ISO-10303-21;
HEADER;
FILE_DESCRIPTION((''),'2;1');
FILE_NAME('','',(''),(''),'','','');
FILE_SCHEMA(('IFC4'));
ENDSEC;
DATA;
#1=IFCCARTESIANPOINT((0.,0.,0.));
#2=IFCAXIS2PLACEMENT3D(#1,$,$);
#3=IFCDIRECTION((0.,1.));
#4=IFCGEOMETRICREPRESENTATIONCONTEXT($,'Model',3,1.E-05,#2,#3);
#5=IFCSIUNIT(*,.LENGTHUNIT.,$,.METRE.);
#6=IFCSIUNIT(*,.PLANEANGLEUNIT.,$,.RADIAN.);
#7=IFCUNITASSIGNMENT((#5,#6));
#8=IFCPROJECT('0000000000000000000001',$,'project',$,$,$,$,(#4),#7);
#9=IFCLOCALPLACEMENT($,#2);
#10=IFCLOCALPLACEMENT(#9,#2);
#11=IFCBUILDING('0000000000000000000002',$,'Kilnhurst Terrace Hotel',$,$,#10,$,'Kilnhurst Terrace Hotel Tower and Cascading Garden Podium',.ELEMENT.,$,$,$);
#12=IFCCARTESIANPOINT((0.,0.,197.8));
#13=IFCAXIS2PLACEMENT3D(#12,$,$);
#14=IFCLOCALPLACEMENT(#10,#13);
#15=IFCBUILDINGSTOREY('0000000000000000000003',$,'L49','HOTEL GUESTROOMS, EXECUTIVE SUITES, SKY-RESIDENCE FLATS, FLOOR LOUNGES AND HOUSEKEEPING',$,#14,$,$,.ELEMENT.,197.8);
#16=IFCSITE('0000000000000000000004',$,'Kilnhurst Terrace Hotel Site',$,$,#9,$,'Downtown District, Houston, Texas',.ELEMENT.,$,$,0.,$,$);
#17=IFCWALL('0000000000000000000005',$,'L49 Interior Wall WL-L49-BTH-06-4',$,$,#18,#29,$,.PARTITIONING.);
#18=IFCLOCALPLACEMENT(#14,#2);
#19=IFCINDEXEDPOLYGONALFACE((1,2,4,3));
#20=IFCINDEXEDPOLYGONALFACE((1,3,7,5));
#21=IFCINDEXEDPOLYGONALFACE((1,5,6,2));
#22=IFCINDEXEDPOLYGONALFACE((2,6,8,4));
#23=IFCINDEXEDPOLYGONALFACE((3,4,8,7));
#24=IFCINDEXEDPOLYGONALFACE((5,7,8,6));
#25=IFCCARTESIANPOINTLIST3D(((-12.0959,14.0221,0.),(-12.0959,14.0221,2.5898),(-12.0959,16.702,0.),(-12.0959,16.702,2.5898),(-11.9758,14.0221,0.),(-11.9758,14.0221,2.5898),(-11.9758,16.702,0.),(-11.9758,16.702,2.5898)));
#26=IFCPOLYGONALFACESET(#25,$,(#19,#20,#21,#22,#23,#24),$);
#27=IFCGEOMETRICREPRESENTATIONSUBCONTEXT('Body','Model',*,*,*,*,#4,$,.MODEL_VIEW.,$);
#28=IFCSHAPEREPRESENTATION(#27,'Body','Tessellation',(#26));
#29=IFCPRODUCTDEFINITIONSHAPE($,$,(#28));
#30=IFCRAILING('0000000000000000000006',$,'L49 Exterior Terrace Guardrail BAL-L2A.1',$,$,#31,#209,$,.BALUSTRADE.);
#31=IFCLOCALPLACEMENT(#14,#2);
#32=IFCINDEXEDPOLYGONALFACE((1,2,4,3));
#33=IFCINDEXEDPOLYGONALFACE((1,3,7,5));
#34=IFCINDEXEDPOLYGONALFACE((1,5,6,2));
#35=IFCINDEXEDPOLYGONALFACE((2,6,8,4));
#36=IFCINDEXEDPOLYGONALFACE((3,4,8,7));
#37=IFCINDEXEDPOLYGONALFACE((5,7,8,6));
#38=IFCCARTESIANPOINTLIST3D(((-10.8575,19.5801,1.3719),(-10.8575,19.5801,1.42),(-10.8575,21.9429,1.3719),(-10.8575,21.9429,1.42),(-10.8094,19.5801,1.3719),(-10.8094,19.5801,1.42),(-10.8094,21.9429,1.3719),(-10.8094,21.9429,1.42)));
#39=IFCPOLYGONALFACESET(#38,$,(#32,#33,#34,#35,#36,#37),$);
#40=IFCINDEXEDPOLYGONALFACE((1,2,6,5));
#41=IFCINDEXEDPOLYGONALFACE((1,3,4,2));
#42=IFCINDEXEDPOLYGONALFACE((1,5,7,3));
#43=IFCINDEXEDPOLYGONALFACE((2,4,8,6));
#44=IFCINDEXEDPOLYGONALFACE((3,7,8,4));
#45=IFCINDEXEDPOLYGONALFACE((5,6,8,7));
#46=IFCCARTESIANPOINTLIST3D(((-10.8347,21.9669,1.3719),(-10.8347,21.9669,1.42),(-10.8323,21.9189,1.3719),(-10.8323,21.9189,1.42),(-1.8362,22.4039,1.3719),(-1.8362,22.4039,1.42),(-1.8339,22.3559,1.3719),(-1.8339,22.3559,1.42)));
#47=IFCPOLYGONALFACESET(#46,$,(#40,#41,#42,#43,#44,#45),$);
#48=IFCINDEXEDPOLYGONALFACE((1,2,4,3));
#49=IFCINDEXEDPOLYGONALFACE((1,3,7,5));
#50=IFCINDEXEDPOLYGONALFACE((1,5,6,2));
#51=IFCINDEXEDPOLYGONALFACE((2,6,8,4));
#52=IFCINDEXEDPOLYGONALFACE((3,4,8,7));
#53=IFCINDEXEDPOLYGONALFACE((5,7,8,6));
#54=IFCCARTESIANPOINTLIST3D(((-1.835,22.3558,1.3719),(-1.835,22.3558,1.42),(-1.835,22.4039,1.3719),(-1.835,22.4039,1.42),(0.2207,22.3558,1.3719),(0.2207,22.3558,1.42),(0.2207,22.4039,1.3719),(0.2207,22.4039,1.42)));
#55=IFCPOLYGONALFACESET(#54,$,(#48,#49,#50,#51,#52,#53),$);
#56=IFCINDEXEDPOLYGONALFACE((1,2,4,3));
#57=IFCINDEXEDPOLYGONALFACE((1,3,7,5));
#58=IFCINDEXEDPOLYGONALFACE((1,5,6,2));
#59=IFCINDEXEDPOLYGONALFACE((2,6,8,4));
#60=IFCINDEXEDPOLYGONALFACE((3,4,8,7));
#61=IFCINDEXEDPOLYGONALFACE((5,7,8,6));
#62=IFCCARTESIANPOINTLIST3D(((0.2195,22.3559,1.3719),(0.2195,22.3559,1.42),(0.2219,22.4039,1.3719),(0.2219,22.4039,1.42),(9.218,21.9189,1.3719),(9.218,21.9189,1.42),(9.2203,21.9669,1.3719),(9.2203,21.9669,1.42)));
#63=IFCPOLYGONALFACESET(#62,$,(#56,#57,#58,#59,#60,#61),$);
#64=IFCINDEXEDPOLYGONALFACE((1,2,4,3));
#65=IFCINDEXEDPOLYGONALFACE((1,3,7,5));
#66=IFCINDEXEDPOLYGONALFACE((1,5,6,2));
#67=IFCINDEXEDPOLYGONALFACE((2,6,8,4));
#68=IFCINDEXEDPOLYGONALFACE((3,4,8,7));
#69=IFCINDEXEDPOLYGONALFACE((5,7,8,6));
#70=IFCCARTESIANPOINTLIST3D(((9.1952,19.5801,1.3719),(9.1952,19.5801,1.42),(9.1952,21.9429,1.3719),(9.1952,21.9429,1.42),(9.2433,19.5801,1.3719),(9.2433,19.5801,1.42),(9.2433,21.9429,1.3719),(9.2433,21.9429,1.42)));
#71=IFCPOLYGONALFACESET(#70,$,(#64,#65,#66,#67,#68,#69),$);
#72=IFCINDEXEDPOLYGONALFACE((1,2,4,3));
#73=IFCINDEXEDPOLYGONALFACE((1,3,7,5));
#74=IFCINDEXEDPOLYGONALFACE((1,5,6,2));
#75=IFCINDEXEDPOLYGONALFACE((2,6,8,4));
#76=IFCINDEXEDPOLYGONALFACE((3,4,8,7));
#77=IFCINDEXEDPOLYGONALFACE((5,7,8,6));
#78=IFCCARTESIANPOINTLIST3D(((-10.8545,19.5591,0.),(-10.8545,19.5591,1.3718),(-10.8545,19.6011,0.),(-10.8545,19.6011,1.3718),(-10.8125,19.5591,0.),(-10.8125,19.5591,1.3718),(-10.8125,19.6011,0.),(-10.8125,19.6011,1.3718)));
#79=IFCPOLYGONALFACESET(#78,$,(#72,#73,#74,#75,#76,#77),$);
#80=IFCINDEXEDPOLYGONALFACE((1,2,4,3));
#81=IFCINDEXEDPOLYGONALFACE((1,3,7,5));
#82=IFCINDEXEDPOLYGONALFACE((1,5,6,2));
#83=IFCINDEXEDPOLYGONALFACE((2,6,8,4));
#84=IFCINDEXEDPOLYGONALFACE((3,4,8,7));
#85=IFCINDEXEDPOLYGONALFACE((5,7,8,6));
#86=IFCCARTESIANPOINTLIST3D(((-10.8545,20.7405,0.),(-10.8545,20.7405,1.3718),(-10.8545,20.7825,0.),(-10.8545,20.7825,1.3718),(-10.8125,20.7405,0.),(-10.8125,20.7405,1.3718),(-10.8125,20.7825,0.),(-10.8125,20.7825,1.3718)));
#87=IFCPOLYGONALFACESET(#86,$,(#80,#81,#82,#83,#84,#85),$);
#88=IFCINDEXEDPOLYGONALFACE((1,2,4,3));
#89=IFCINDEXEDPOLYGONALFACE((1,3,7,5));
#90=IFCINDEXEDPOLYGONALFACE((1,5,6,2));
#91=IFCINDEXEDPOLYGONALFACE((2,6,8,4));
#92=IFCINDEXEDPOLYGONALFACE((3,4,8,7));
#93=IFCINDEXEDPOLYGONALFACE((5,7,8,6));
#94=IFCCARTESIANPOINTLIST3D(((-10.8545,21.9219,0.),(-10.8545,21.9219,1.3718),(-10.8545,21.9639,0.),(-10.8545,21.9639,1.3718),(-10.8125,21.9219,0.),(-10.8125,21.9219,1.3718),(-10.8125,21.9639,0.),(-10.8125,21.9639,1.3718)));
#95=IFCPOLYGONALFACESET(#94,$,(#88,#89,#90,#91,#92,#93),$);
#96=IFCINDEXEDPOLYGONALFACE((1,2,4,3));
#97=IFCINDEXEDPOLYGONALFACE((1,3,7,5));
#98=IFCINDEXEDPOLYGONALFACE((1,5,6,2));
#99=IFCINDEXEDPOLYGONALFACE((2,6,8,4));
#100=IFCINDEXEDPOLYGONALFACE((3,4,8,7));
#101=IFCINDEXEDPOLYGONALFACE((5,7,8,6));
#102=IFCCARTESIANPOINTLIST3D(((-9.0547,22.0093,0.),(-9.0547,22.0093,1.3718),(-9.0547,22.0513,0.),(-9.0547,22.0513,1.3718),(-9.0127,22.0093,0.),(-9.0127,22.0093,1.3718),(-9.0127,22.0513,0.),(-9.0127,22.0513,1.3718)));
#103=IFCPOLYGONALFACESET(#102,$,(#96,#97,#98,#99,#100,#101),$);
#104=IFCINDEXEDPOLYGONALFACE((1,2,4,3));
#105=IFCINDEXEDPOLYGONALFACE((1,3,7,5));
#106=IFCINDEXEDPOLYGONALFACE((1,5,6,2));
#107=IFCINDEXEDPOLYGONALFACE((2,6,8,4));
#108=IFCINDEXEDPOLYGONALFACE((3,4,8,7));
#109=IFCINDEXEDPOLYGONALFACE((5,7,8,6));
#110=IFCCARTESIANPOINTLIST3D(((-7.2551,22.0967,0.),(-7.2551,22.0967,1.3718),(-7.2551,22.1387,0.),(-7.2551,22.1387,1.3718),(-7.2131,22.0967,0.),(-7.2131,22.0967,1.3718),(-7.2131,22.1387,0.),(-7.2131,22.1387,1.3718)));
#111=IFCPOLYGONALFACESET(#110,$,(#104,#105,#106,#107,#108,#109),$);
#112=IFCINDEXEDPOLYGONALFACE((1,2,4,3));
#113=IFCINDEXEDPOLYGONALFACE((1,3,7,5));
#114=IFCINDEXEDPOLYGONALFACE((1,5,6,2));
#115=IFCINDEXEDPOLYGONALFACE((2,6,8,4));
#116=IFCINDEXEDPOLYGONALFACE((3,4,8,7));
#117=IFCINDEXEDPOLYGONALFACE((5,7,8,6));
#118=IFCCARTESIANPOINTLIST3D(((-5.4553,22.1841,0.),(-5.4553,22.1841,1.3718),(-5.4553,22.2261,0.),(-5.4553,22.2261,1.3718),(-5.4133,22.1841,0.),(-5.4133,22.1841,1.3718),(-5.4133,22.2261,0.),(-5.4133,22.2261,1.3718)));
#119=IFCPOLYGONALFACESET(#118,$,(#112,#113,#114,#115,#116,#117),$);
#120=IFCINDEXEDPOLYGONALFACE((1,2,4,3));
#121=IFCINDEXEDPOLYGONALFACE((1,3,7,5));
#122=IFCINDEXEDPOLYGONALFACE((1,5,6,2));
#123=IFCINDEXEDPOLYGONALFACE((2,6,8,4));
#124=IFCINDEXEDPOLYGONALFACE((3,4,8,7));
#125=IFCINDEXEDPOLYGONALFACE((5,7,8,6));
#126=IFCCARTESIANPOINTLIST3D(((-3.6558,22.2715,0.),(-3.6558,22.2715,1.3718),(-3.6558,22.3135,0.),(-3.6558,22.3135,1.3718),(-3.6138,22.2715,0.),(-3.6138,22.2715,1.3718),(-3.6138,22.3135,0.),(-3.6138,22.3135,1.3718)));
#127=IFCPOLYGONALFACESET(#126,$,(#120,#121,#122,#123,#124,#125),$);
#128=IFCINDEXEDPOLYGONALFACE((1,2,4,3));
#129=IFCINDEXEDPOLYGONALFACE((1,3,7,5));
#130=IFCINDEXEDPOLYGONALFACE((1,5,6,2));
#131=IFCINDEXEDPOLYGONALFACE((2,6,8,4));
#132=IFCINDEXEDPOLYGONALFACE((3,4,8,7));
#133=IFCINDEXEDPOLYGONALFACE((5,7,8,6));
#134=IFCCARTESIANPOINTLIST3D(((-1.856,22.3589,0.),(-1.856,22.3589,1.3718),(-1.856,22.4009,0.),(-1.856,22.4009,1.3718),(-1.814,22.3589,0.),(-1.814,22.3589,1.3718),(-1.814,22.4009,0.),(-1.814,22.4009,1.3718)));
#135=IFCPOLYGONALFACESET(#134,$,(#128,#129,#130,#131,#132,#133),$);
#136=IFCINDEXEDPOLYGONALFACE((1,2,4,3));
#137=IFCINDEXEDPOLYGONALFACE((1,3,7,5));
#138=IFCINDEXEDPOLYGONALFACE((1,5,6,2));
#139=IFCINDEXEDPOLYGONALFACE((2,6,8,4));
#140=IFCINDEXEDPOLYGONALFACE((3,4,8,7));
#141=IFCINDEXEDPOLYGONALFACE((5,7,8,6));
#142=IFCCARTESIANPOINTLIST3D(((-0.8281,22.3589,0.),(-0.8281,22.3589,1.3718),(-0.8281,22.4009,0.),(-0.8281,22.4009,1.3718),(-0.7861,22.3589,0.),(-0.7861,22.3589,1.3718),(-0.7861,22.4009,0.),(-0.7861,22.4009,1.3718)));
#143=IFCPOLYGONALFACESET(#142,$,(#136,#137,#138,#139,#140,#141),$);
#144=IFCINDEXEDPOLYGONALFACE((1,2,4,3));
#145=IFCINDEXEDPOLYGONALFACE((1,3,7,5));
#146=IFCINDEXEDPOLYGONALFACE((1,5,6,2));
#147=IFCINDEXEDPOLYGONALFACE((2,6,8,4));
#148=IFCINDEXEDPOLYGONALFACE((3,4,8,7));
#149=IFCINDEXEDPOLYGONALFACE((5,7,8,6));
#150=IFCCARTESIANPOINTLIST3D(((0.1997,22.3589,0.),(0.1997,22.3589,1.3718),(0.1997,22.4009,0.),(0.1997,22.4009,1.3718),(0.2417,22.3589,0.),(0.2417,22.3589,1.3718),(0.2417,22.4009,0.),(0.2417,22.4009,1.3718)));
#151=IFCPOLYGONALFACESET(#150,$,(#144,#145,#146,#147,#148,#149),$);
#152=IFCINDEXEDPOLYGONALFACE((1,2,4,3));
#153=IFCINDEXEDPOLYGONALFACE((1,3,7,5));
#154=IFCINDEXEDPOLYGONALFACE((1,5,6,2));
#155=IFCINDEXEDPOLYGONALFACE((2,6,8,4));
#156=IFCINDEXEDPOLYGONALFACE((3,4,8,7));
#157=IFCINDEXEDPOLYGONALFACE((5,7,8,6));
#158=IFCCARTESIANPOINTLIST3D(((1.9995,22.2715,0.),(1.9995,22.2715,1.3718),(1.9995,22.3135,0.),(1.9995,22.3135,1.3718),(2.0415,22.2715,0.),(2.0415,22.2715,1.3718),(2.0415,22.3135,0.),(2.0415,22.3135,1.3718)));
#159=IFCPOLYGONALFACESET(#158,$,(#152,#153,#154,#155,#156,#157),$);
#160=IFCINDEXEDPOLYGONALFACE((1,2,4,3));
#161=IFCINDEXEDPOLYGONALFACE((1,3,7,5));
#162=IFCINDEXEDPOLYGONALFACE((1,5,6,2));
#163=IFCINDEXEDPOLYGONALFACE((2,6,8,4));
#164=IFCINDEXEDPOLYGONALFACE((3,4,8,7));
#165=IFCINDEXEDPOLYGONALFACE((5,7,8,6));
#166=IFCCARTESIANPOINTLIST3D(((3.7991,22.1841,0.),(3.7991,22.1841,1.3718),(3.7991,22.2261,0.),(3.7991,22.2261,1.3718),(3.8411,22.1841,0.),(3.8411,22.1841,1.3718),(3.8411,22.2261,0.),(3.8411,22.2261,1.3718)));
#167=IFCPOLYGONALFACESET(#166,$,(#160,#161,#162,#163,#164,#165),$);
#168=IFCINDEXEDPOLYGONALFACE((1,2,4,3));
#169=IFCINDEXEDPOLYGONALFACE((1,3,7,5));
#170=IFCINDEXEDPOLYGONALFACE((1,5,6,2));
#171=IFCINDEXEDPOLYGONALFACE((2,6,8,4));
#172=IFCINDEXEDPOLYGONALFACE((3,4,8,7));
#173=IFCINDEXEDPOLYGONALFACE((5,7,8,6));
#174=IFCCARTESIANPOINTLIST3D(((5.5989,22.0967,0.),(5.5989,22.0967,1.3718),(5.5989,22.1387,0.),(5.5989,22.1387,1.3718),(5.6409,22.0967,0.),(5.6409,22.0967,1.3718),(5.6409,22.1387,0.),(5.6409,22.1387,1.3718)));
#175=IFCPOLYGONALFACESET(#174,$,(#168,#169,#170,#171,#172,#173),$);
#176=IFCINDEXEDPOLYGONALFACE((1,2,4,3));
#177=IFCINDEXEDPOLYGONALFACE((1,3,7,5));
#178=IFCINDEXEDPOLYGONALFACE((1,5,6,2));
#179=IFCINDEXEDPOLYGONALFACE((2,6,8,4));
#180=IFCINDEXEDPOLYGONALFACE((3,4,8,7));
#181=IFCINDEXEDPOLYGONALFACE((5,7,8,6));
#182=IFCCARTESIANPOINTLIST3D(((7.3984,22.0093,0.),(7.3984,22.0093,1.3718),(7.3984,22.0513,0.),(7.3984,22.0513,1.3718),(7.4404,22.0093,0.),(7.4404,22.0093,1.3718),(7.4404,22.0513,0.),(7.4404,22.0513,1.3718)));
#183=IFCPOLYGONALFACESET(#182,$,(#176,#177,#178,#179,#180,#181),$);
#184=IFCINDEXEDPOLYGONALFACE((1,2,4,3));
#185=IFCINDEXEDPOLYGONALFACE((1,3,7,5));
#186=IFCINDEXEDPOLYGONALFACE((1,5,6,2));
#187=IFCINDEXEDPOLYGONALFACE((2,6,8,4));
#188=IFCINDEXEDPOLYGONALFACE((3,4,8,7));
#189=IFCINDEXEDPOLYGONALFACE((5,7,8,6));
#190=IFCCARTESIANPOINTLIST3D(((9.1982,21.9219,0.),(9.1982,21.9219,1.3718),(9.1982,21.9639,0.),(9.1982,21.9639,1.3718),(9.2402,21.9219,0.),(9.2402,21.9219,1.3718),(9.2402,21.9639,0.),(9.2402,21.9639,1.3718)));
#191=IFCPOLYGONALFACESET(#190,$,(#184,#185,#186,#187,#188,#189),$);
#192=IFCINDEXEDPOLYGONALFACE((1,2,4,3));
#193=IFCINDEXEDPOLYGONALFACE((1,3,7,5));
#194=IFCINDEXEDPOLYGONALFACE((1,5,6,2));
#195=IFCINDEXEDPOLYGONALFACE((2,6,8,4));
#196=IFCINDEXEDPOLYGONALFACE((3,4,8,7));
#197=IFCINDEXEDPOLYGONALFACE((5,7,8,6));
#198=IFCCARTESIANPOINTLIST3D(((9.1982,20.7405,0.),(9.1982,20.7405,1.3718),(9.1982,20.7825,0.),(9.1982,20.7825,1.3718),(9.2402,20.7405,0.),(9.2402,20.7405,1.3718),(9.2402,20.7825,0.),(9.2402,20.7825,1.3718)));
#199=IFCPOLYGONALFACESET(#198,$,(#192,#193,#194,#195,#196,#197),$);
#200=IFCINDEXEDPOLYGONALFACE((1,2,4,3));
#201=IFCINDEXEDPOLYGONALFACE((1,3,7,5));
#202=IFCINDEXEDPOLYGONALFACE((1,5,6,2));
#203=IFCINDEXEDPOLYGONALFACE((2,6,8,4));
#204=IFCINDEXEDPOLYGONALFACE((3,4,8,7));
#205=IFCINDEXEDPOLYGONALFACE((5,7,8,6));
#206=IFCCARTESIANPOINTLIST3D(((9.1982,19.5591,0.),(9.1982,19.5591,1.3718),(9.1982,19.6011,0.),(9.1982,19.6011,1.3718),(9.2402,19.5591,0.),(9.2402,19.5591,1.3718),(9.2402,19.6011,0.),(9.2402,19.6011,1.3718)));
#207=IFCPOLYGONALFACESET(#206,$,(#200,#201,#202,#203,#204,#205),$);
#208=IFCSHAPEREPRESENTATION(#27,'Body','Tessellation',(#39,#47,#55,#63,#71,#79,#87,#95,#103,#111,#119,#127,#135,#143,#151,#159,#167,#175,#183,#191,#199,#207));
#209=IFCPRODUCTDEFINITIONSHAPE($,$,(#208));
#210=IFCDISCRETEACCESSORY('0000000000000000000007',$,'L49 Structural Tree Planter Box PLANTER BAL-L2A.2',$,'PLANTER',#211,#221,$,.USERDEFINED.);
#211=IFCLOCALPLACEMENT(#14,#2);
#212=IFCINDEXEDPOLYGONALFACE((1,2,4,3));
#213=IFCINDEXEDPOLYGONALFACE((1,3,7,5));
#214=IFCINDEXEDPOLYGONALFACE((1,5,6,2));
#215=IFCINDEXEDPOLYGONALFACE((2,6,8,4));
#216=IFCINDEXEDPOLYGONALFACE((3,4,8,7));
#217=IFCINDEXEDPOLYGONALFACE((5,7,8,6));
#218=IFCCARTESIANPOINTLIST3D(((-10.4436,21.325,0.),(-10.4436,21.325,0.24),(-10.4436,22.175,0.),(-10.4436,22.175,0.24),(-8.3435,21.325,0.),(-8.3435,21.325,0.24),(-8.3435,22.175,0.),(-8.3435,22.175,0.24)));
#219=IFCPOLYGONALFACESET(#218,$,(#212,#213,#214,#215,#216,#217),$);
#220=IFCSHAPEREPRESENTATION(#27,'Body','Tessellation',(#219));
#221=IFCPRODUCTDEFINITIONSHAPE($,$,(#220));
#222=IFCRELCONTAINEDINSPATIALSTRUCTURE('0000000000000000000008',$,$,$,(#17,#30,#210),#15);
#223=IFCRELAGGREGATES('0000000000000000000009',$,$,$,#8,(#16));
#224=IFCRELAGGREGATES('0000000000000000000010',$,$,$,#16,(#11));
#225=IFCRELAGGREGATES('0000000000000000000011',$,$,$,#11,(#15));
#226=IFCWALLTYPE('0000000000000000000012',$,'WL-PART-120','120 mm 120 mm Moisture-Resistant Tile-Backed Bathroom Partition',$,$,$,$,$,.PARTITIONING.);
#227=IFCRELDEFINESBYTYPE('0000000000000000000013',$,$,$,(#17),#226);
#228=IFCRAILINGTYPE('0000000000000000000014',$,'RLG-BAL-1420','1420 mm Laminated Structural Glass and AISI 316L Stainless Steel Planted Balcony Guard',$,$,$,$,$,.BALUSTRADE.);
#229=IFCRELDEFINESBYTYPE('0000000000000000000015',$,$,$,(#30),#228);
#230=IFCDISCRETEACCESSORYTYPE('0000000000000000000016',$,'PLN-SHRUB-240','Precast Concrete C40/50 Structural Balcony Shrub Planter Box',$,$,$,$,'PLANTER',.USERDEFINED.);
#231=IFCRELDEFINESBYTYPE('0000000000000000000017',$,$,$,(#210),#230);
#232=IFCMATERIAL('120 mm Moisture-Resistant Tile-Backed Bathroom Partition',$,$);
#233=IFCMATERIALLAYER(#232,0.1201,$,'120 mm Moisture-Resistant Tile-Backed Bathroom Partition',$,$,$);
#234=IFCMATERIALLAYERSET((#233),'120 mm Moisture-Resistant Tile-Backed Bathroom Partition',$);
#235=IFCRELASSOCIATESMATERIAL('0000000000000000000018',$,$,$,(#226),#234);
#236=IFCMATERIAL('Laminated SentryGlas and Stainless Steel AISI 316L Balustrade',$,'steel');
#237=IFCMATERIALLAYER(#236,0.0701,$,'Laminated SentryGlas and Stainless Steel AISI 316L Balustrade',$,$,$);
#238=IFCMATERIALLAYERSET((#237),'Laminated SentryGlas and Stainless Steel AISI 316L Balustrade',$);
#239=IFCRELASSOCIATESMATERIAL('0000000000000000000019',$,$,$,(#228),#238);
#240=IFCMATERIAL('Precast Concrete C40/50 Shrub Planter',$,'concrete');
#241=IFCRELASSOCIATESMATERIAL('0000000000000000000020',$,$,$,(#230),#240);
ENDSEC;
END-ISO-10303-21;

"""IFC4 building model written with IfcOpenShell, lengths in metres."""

from ifc_helpers import new_model, si_unit, direction, frame, frame_2d, origin, origin_2d, place, context, subcontext, project, spatial, rectangle, extrude, material, layer, layer_set, type_object, element, save


model = new_model("IFC4")

# Units and contexts
model_context = context("Model", 3, precision=1e-05, world=origin(), true_north=direction((0.0, 1.0)))
body_context = subcontext(model_context, "Body", "Model", "MODEL_VIEW")
ifc_project = project(units=[si_unit("LENGTHUNIT", "METRE"), si_unit("PLANEANGLEUNIT", "RADIAN")], contexts=[model_context])

# Site, building, storey
site_placement = place(None, origin())
site = spatial("IfcSite", under=ifc_project, at=site_placement, Name="Kilnhurst Terrace Hotel Site", LongName="Downtown District, Houston, Texas", CompositionType="ELEMENT", RefElevation=0.0)
building_placement = place(site_placement, origin())
building = spatial("IfcBuilding", under=site, at=building_placement, Name="Kilnhurst Terrace Hotel", LongName="Kilnhurst Terrace Hotel Tower and Cascading Garden Podium", CompositionType="ELEMENT")
storey_placement = place(building_placement, frame((0.0, 0.0, 197.8)))
storey = spatial("IfcBuildingStorey", under=building, at=storey_placement, Name="L49", Description="HOTEL GUESTROOMS, EXECUTIVE SUITES, SKY-RESIDENCE FLATS, FLOOR LOUNGES AND HOUSEKEEPING", CompositionType="ELEMENT", Elevation=197.8)

# Shared definitions
ifc_material_1 = material(Name="120 mm Moisture-Resistant Tile-Backed Bathroom Partition")
ifc_layer_1 = layer(ifc_material_1, 0.1201, Name="120 mm Moisture-Resistant Tile-Backed Bathroom Partition")
ifc_layer_set_1 = layer_set([ifc_layer_1], Name="120 mm Moisture-Resistant Tile-Backed Bathroom Partition")
wall_type_1 = type_object("IfcWallType", Name="WL-PART-120", Description="120 mm 120 mm Moisture-Resistant Tile-Backed Bathroom Partition", PredefinedType="PARTITIONING", material=ifc_layer_set_1)

# Wall
wall_1_placement = place(storey_placement, frame((-12.0359, 16.7019, 0.0), z_axis=(0.0, 0.0, 1.0), x_axis=(0.0, -1.0, 0.0)))
element("IfcWall", 1, at=wall_1_placement, inside=storey, type_object=wall_type_1, Name="L49 Interior Wall WL-L49-BTH-06-4", PredefinedType="PARTITIONING", context=body_context, shape_type="SweptSolid", body=[
    extrude(rectangle(XDim=2.6799, YDim=0.1201, at=frame_2d((1.3398, 0.0))), origin(), (0.0, 0.0, 1.0), 2.5898),
])

# Railing
ifc_material_2 = material(Name="Laminated SentryGlas and Stainless Steel AISI 316L Balustrade", Category="steel")
ifc_layer_2 = layer(ifc_material_2, 0.0701, Name="Laminated SentryGlas and Stainless Steel AISI 316L Balustrade")
ifc_layer_set_2 = layer_set([ifc_layer_2], Name="Laminated SentryGlas and Stainless Steel AISI 316L Balustrade")
railing_type = type_object("IfcRailingType", Name="RLG-BAL-1420", Description="1420 mm Laminated Structural Glass and AISI 316L Stainless Steel Planted Balcony Guard", PredefinedType="BALUSTRADE", material=ifc_layer_set_2)
railing_placement = place(storey_placement, frame((-10.8335, 19.5801, 0.0)))
element("IfcRailing", 2, at=railing_placement, inside=storey, type_object=railing_type, Name="L49 Exterior Terrace Guardrail BAL-L2A.1", PredefinedType="BALUSTRADE", context=body_context, shape_type="SweptSolid", body=[
    extrude(rectangle(XDim=0.0481, YDim=0.0481, at=origin_2d()), frame((0.0, 0.0, 1.396), z_axis=(0.0, 1.0, 0.0), x_axis=(-1.0, 0.0, 0.0)), (0.0, 0.0, 1.0), 2.3628),
    extrude(rectangle(XDim=0.0481, YDim=0.0481, at=origin_2d()), frame((0.0, 2.3628, 1.396), z_axis=(0.998823, 0.048508, 0.0), x_axis=(-0.048508, 0.998823, 0.0)), (0.0, 0.0, 1.0), 9.009),
    extrude(rectangle(XDim=0.0481, YDim=0.0481, at=origin_2d()), frame((8.9985, 2.7998, 1.396), z_axis=(1.0, 0.0, 0.0), x_axis=(0.0, 1.0, 0.0)), (0.0, 0.0, 1.0), 2.0557),
    extrude(rectangle(XDim=0.0481, YDim=0.0481, at=origin_2d()), frame((11.0542, 2.7998, 1.396), z_axis=(0.998823, -0.048508, 0.0), x_axis=(0.048508, 0.998823, 0.0)), (0.0, 0.0, 1.0), 9.009),
    extrude(rectangle(XDim=0.0481, YDim=0.0481, at=origin_2d()), frame((20.0527, 2.3628, 1.396), z_axis=(0.0, -1.0, 0.0), x_axis=(1.0, 0.0, 0.0)), (0.0, 0.0, 1.0), 2.3628),
    extrude(rectangle(XDim=0.042, YDim=0.042, at=origin_2d()), origin(), (0.0, 0.0, 1.0), 1.3718),
    extrude(rectangle(XDim=0.042, YDim=0.042, at=origin_2d()), frame((0.0, 1.1814, 0.0)), (0.0, 0.0, 1.0), 1.3718),
    extrude(rectangle(XDim=0.042, YDim=0.042, at=origin_2d()), frame((0.0, 2.3628, 0.0)), (0.0, 0.0, 1.0), 1.3718),
    extrude(rectangle(XDim=0.042, YDim=0.042, at=origin_2d()), frame((1.7998, 2.4502, 0.0)), (0.0, 0.0, 1.0), 1.3718),
    extrude(rectangle(XDim=0.042, YDim=0.042, at=origin_2d()), frame((3.5994, 2.5376, 0.0)), (0.0, 0.0, 1.0), 1.3718),
    extrude(rectangle(XDim=0.042, YDim=0.042, at=origin_2d()), frame((5.3992, 2.625, 0.0)), (0.0, 0.0, 1.0), 1.3718),
    extrude(rectangle(XDim=0.042, YDim=0.042, at=origin_2d()), frame((7.1987, 2.7124, 0.0)), (0.0, 0.0, 1.0), 1.3718),
    extrude(rectangle(XDim=0.042, YDim=0.042, at=origin_2d()), frame((8.9985, 2.7998, 0.0)), (0.0, 0.0, 1.0), 1.3718),
    extrude(rectangle(XDim=0.042, YDim=0.042, at=origin_2d()), frame((10.0264, 2.7998, 0.0)), (0.0, 0.0, 1.0), 1.3718),
    extrude(rectangle(XDim=0.042, YDim=0.042, at=origin_2d()), frame((11.0542, 2.7998, 0.0)), (0.0, 0.0, 1.0), 1.3718),
    extrude(rectangle(XDim=0.042, YDim=0.042, at=origin_2d()), frame((12.854, 2.7124, 0.0)), (0.0, 0.0, 1.0), 1.3718),
    extrude(rectangle(XDim=0.042, YDim=0.042, at=origin_2d()), frame((14.6536, 2.625, 0.0)), (0.0, 0.0, 1.0), 1.3718),
    extrude(rectangle(XDim=0.042, YDim=0.042, at=origin_2d()), frame((16.4534, 2.5376, 0.0)), (0.0, 0.0, 1.0), 1.3718),
    extrude(rectangle(XDim=0.042, YDim=0.042, at=origin_2d()), frame((18.2529, 2.4502, 0.0)), (0.0, 0.0, 1.0), 1.3718),
    extrude(rectangle(XDim=0.042, YDim=0.042, at=origin_2d()), frame((20.0527, 2.3628, 0.0)), (0.0, 0.0, 1.0), 1.3718),
    extrude(rectangle(XDim=0.042, YDim=0.042, at=origin_2d()), frame((20.0527, 1.1814, 0.0)), (0.0, 0.0, 1.0), 1.3718),
    extrude(rectangle(XDim=0.042, YDim=0.042, at=origin_2d()), frame((20.0527, 0.0, 0.0)), (0.0, 0.0, 1.0), 1.3718),
])

# Discrete accessory
ifc_material_3 = material(Name="Precast Concrete C40/50 Shrub Planter", Category="concrete")
discrete_accessory_type_1 = type_object("IfcDiscreteAccessoryType", Name="PLN-SHRUB-240", Description="Precast Concrete C40/50 Structural Balcony Shrub Planter Box", ElementType="PLANTER", PredefinedType="USERDEFINED", material=ifc_material_3)
discrete_accessory_1_placement = place(storey_placement, frame((-9.3936, 21.75, 0.0), z_axis=(0.0, 0.0, 1.0), x_axis=(-1.0, 0.0, 0.0)))
element("IfcDiscreteAccessory", 3, at=discrete_accessory_1_placement, inside=storey, type_object=discrete_accessory_type_1, Name="L49 Structural Tree Planter Box PLANTER BAL-L2A.2", ObjectType="PLANTER", PredefinedType="USERDEFINED", context=body_context, shape_type="SweptSolid", body=[
    extrude(rectangle(XDim=2.1001, YDim=0.8501, at=origin_2d()), origin(), (0.0, 0.0, 1.0), 0.24),
])

save(model, "model.ifc")
